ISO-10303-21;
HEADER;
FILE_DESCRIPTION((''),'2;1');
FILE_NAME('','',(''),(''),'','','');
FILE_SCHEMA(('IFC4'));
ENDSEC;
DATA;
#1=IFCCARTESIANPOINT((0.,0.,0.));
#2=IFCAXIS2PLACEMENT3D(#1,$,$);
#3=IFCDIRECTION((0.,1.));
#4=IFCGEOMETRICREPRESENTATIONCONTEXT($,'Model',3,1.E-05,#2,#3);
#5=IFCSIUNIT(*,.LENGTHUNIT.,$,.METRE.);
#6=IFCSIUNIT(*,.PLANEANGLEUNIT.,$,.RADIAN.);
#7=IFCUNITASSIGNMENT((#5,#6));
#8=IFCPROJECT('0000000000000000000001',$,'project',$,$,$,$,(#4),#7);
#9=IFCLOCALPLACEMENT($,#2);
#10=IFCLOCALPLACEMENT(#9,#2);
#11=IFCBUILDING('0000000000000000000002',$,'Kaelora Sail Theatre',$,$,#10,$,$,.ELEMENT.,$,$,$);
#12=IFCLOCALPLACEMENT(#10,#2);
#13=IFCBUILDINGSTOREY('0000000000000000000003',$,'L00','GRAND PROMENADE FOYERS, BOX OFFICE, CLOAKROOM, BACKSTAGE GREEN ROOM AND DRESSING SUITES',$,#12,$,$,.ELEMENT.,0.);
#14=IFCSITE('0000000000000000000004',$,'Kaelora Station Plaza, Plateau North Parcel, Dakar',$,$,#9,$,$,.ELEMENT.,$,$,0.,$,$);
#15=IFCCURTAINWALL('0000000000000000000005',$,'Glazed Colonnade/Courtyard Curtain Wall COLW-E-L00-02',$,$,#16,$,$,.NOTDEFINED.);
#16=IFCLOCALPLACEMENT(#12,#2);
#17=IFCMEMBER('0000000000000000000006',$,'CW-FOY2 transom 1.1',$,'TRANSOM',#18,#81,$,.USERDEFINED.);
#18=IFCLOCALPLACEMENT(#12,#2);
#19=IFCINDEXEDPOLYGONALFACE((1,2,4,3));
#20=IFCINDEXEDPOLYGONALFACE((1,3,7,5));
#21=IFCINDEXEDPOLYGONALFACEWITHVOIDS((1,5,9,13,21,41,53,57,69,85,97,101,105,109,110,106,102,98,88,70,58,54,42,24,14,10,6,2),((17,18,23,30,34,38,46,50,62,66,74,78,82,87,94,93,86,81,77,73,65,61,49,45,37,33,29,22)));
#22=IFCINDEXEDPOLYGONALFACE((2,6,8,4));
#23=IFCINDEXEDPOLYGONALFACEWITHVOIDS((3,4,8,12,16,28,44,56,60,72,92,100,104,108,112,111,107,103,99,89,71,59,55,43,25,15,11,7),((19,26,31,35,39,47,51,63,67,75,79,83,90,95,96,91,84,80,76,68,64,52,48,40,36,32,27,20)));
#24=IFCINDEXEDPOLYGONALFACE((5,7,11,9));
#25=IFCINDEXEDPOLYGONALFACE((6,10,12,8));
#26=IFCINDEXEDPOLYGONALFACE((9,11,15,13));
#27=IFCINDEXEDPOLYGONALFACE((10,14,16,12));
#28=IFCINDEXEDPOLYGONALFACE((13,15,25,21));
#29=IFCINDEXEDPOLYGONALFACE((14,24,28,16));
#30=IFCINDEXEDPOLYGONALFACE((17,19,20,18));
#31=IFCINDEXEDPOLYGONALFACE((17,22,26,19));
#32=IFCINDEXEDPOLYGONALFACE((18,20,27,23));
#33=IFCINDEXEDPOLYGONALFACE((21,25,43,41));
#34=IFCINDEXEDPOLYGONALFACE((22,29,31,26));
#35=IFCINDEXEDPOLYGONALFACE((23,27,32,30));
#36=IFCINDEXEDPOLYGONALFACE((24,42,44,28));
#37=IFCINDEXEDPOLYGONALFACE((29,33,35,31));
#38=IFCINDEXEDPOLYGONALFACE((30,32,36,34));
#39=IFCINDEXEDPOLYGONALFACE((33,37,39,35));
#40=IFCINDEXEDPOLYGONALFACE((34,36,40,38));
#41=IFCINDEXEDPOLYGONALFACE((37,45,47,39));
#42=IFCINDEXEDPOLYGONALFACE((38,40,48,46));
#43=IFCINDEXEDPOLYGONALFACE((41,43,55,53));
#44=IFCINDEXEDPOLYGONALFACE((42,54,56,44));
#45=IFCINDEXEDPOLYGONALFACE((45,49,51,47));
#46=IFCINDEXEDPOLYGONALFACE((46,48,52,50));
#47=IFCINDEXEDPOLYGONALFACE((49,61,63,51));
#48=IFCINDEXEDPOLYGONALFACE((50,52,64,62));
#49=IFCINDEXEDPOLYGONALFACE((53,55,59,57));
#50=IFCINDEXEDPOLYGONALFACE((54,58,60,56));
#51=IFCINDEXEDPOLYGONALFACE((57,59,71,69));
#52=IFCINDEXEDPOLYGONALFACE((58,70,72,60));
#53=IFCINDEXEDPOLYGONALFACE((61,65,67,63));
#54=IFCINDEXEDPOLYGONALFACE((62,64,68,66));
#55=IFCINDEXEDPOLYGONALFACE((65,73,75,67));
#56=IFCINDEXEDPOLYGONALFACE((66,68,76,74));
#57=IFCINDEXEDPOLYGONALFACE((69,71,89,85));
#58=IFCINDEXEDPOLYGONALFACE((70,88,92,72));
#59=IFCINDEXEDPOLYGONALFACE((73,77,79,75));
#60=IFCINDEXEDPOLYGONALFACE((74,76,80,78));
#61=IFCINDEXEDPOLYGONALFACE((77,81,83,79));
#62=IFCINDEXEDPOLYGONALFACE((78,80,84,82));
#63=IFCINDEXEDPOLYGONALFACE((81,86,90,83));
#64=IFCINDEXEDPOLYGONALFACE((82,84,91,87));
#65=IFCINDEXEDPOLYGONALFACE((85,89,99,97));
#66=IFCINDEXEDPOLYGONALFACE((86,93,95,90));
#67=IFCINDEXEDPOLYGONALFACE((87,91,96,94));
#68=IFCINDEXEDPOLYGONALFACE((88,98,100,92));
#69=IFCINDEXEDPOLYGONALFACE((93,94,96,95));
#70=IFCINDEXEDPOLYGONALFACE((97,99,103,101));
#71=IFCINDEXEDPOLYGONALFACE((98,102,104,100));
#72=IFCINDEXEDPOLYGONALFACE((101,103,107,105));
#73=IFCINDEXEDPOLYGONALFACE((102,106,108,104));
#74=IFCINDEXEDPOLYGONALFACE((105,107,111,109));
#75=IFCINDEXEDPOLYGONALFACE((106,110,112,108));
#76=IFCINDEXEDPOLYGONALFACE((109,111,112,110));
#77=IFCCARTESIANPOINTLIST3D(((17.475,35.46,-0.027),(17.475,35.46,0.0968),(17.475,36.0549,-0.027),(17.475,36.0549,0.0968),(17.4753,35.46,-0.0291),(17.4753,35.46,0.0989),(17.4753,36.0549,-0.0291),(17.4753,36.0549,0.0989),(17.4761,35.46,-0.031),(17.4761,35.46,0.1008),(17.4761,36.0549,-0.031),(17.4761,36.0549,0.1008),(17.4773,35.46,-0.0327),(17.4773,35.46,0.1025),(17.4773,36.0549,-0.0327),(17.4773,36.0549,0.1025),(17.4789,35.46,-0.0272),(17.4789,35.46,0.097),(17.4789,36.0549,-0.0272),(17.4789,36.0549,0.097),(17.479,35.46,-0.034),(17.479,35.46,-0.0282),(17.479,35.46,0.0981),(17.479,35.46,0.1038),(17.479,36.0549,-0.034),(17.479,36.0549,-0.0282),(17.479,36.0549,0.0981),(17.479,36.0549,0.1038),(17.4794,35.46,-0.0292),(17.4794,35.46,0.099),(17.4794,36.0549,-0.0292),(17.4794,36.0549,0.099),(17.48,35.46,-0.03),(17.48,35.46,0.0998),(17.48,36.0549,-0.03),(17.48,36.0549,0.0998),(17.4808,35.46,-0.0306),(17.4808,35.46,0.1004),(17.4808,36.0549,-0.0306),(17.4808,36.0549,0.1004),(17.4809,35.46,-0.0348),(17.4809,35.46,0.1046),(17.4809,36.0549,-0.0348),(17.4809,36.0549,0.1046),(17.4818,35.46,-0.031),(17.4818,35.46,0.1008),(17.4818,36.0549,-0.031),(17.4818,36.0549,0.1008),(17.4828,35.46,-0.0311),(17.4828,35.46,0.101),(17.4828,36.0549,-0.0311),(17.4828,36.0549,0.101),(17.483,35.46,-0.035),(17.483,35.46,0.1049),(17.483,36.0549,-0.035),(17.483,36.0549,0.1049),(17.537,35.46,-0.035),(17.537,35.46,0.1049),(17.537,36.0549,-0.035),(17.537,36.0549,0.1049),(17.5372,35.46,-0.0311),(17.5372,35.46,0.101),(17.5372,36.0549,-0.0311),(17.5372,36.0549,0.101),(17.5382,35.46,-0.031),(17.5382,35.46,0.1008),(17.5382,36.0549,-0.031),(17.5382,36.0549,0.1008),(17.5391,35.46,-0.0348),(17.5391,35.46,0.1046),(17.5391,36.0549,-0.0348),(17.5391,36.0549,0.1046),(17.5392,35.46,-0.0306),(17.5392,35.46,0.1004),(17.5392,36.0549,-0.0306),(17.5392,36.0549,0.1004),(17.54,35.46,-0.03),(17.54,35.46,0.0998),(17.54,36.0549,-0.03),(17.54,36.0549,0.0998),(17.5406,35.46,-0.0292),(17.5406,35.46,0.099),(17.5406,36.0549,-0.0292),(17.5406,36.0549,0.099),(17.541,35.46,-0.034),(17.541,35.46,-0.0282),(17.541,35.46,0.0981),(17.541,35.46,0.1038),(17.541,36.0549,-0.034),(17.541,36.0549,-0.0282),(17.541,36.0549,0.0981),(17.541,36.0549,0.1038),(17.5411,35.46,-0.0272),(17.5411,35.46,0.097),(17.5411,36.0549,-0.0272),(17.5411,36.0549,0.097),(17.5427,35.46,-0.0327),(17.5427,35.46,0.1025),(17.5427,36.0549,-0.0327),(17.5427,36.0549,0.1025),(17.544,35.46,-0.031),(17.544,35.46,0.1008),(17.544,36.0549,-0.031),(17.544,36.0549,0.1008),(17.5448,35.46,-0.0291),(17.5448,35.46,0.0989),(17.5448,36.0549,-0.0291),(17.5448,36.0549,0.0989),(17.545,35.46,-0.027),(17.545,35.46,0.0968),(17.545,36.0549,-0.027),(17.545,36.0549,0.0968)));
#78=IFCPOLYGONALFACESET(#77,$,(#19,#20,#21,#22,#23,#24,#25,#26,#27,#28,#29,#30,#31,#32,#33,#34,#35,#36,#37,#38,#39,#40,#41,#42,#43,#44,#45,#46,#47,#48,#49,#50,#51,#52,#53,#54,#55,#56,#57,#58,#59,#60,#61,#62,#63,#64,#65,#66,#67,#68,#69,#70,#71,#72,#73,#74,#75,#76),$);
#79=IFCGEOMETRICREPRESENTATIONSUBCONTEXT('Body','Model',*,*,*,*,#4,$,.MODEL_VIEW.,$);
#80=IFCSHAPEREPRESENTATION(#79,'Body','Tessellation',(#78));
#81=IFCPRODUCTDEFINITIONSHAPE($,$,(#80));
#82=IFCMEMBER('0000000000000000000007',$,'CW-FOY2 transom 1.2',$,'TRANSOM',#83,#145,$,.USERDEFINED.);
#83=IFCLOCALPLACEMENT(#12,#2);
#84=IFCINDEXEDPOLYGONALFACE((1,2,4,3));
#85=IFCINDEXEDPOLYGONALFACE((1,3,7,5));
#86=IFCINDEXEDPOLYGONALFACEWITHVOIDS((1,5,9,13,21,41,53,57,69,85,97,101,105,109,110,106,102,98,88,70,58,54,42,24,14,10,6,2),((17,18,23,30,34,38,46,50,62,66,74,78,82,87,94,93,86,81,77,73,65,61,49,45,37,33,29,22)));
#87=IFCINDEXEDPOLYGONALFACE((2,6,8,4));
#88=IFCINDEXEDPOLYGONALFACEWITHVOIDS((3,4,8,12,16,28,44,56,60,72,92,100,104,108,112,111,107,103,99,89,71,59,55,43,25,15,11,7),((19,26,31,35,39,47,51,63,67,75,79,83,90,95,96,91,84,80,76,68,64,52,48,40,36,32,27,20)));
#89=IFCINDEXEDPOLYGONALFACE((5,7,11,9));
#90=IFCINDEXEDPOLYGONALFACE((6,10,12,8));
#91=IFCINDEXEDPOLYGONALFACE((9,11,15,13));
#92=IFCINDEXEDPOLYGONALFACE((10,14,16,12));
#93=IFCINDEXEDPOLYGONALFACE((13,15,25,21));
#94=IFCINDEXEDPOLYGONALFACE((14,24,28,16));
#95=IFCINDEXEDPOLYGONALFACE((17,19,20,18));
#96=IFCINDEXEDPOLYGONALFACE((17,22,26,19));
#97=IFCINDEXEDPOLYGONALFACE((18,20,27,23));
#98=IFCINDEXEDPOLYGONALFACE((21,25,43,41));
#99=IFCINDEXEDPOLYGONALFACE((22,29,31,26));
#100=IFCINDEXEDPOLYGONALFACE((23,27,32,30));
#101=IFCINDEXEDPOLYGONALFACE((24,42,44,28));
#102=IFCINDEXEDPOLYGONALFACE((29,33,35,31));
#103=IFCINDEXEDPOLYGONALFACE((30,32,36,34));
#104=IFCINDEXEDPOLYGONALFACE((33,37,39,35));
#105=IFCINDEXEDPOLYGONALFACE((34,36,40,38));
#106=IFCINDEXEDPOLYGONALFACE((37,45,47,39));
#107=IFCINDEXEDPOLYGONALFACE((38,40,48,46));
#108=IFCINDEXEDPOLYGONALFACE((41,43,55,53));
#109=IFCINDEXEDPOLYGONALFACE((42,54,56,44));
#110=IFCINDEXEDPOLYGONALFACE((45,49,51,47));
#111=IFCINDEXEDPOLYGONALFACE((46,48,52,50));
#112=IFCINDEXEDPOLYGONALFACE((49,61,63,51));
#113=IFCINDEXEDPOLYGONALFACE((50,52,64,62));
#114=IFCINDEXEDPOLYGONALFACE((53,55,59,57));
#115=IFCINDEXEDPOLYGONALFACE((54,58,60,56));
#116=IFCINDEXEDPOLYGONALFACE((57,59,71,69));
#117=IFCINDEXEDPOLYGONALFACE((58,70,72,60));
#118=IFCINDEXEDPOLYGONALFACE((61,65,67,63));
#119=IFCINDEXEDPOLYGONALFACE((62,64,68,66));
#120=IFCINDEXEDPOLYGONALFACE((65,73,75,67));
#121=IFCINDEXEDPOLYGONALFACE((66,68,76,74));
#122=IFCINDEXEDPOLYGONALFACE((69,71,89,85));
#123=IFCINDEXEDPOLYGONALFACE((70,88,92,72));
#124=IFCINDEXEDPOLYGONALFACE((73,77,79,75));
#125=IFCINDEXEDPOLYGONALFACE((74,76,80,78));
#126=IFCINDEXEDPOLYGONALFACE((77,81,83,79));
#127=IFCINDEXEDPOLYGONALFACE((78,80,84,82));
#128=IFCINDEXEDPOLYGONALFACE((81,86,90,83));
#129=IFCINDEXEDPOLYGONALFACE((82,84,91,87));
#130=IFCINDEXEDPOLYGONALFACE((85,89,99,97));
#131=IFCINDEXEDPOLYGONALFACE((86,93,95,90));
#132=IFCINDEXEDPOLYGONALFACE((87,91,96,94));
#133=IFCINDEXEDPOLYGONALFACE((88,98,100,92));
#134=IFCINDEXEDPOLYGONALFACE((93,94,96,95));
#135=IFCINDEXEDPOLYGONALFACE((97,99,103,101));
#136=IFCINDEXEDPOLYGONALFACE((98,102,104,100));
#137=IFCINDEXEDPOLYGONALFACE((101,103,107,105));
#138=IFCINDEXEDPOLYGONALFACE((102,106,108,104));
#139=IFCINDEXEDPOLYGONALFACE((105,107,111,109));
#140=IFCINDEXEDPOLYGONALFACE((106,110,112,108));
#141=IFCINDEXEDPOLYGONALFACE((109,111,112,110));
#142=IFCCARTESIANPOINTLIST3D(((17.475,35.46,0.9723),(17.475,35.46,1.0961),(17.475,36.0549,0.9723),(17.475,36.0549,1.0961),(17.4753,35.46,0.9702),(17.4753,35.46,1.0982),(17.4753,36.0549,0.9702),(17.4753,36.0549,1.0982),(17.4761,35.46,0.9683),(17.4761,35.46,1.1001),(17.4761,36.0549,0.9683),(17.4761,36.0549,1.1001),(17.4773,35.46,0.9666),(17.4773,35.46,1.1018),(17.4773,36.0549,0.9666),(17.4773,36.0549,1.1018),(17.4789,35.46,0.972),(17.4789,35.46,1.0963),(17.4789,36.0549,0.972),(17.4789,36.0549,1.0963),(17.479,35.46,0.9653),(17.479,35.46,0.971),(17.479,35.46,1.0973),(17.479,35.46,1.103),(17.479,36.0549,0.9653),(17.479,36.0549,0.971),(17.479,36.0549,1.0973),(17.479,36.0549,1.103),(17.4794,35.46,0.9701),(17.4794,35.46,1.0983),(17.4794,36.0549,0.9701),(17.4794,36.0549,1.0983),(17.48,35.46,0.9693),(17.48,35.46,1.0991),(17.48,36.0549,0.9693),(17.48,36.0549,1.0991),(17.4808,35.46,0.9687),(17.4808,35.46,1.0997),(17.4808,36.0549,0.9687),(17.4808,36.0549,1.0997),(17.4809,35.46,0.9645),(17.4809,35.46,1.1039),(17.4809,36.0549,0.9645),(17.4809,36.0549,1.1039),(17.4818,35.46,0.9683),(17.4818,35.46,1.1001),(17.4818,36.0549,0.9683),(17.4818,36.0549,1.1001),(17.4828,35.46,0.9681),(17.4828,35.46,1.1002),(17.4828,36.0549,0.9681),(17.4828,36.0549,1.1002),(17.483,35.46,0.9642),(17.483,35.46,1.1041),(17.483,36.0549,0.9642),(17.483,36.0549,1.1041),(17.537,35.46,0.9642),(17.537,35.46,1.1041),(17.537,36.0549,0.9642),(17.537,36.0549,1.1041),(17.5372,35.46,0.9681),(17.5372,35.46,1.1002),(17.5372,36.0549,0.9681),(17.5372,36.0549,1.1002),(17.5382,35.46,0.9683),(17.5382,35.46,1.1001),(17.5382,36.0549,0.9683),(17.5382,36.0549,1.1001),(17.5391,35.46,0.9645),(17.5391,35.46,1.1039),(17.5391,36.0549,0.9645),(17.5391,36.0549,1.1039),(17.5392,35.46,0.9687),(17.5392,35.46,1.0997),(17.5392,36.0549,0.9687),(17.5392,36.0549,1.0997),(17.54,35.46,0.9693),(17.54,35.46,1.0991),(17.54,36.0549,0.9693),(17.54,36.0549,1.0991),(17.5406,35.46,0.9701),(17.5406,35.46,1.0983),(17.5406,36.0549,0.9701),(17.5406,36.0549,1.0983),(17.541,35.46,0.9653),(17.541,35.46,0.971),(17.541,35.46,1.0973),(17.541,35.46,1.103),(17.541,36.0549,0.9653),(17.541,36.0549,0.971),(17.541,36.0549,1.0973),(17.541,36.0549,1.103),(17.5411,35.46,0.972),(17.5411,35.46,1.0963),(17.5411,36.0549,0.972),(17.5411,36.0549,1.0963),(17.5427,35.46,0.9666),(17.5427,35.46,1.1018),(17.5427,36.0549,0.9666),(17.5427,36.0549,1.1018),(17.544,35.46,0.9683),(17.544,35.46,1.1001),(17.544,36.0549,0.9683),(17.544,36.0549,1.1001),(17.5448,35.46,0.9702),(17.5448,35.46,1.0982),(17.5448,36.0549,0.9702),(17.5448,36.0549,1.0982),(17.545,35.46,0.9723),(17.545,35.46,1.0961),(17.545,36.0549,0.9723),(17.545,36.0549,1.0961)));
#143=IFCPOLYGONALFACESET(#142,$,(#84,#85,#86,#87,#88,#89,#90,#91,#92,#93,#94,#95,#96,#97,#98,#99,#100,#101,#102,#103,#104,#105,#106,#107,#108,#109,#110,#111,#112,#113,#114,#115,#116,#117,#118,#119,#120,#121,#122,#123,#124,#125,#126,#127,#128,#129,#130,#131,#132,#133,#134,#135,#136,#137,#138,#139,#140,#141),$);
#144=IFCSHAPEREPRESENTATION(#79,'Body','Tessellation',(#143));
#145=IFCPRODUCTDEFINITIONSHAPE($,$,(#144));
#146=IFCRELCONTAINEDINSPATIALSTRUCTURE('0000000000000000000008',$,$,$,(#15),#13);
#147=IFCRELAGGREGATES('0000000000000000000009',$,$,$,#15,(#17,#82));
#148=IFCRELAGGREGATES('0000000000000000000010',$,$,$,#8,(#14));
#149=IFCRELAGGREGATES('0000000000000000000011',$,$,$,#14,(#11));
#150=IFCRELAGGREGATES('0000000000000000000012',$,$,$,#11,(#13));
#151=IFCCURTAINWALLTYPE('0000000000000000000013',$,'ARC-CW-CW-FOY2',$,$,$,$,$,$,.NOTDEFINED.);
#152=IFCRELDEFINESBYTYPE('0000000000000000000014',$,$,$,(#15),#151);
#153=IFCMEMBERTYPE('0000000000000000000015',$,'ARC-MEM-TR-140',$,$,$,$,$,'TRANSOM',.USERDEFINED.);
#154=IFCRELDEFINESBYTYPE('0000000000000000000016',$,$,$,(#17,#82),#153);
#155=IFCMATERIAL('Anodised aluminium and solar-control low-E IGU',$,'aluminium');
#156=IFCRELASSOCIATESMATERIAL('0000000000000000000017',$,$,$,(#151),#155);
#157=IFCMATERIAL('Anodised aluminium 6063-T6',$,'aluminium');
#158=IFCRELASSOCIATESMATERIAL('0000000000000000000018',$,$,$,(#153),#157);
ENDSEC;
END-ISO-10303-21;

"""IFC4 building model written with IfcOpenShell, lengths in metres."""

from ifc_helpers import new_model, si_unit, direction, frame, origin, origin_2d, place, context, subcontext, project, spatial, hollow_rectangle, extrude, material, material_profile, profile_set, type_object, element, aggregate, save


model = new_model("IFC4")

# Units and contexts
model_context = context("Model", 3, precision=1e-05, world=origin(), true_north=direction((0.0, 1.0)))
body_context = subcontext(model_context, "Body", "Model", "MODEL_VIEW")
ifc_project = project(units=[si_unit("LENGTHUNIT", "METRE"), si_unit("PLANEANGLEUNIT", "RADIAN")], contexts=[model_context])

# Site, building, storey
site_placement = place(None, origin())
site = spatial("IfcSite", under=ifc_project, at=site_placement, Name="Kaelora Station Plaza, Plateau North Parcel, Dakar", CompositionType="ELEMENT", RefElevation=0.0)
building_placement = place(site_placement, origin())
building = spatial("IfcBuilding", under=site, at=building_placement, Name="Kaelora Sail Theatre", CompositionType="ELEMENT")
storey_placement = place(building_placement, origin())
storey = spatial("IfcBuildingStorey", under=building, at=storey_placement, Name="L00", Description="GRAND PROMENADE FOYERS, BOX OFFICE, CLOAKROOM, BACKSTAGE GREEN ROOM AND DRESSING SUITES", CompositionType="ELEMENT", Elevation=0.0)

# Shared definitions
ifc_material_1 = material(Name="Anodised aluminium and solar-control low-E IGU", Category="aluminium")
curtain_wall_type = type_object("IfcCurtainWallType", Name="ARC-CW-CW-FOY2", PredefinedType="NOTDEFINED", material=ifc_material_1)

# Curtain wall
curtain_wall_1_placement = place(storey_placement, origin())
curtain_wall_1 = element("IfcCurtainWall", 1, at=curtain_wall_1_placement, inside=storey, type_object=curtain_wall_type, Name="Glazed Colonnade/Courtyard Curtain Wall COLW-E-L00-02", PredefinedType="NOTDEFINED")

# Members
ifc_material_2 = material(Name="Anodised aluminium 6063-T6", Category="aluminium")
ifc_material_profile_1 = material_profile(ifc_material_2, hollow_rectangle(XDim=0.0701, YDim=0.1399, WallThickness=0.0039, InnerFilletRadius=0.0039, OuterFilletRadius=0.0081, at=origin_2d()), Name="ALU-TRAN 70x140x4")
ifc_profile_set_1 = profile_set([ifc_material_profile_1], Name="Anodised aluminium 6063-T6")
member_type_1 = type_object("IfcMemberType", Name="ARC-MEM-TR-140", ElementType="TRANSOM", PredefinedType="USERDEFINED", material=ifc_profile_set_1)
member_1_placement = place(storey_placement, frame((17.51, 35.46, 0.0349), z_axis=(0.0, 1.0, 0.0), x_axis=(-1.0, 0.0, 0.0)))
member_1 = element("IfcMember", 2, at=member_1_placement, type_object=member_type_1, Name="CW-FOY2 transom 1.1", ObjectType="TRANSOM", PredefinedType="USERDEFINED", context=body_context, shape_type="SweptSolid", body=[
    extrude(hollow_rectangle(XDim=0.0701, YDim=0.1399, WallThickness=0.0039, InnerFilletRadius=0.0039, OuterFilletRadius=0.0081, at=origin_2d()), origin(), (0.0, 0.0, 1.0), 0.595),
])
member_2_placement = place(storey_placement, frame((17.51, 35.46, 1.0342), z_axis=(0.0, 1.0, 0.0), x_axis=(-1.0, 0.0, 0.0)))
member_2 = element("IfcMember", 3, at=member_2_placement, type_object=member_type_1, Name="CW-FOY2 transom 1.2", ObjectType="TRANSOM", PredefinedType="USERDEFINED", context=body_context, shape_type="SweptSolid", body=[
    extrude(hollow_rectangle(XDim=0.0701, YDim=0.1399, WallThickness=0.0039, InnerFilletRadius=0.0039, OuterFilletRadius=0.0081, at=origin_2d()), origin(), (0.0, 0.0, 1.0), 0.595),
])

aggregate(curtain_wall_1, [member_1, member_2])

save(model, "model.ifc")
